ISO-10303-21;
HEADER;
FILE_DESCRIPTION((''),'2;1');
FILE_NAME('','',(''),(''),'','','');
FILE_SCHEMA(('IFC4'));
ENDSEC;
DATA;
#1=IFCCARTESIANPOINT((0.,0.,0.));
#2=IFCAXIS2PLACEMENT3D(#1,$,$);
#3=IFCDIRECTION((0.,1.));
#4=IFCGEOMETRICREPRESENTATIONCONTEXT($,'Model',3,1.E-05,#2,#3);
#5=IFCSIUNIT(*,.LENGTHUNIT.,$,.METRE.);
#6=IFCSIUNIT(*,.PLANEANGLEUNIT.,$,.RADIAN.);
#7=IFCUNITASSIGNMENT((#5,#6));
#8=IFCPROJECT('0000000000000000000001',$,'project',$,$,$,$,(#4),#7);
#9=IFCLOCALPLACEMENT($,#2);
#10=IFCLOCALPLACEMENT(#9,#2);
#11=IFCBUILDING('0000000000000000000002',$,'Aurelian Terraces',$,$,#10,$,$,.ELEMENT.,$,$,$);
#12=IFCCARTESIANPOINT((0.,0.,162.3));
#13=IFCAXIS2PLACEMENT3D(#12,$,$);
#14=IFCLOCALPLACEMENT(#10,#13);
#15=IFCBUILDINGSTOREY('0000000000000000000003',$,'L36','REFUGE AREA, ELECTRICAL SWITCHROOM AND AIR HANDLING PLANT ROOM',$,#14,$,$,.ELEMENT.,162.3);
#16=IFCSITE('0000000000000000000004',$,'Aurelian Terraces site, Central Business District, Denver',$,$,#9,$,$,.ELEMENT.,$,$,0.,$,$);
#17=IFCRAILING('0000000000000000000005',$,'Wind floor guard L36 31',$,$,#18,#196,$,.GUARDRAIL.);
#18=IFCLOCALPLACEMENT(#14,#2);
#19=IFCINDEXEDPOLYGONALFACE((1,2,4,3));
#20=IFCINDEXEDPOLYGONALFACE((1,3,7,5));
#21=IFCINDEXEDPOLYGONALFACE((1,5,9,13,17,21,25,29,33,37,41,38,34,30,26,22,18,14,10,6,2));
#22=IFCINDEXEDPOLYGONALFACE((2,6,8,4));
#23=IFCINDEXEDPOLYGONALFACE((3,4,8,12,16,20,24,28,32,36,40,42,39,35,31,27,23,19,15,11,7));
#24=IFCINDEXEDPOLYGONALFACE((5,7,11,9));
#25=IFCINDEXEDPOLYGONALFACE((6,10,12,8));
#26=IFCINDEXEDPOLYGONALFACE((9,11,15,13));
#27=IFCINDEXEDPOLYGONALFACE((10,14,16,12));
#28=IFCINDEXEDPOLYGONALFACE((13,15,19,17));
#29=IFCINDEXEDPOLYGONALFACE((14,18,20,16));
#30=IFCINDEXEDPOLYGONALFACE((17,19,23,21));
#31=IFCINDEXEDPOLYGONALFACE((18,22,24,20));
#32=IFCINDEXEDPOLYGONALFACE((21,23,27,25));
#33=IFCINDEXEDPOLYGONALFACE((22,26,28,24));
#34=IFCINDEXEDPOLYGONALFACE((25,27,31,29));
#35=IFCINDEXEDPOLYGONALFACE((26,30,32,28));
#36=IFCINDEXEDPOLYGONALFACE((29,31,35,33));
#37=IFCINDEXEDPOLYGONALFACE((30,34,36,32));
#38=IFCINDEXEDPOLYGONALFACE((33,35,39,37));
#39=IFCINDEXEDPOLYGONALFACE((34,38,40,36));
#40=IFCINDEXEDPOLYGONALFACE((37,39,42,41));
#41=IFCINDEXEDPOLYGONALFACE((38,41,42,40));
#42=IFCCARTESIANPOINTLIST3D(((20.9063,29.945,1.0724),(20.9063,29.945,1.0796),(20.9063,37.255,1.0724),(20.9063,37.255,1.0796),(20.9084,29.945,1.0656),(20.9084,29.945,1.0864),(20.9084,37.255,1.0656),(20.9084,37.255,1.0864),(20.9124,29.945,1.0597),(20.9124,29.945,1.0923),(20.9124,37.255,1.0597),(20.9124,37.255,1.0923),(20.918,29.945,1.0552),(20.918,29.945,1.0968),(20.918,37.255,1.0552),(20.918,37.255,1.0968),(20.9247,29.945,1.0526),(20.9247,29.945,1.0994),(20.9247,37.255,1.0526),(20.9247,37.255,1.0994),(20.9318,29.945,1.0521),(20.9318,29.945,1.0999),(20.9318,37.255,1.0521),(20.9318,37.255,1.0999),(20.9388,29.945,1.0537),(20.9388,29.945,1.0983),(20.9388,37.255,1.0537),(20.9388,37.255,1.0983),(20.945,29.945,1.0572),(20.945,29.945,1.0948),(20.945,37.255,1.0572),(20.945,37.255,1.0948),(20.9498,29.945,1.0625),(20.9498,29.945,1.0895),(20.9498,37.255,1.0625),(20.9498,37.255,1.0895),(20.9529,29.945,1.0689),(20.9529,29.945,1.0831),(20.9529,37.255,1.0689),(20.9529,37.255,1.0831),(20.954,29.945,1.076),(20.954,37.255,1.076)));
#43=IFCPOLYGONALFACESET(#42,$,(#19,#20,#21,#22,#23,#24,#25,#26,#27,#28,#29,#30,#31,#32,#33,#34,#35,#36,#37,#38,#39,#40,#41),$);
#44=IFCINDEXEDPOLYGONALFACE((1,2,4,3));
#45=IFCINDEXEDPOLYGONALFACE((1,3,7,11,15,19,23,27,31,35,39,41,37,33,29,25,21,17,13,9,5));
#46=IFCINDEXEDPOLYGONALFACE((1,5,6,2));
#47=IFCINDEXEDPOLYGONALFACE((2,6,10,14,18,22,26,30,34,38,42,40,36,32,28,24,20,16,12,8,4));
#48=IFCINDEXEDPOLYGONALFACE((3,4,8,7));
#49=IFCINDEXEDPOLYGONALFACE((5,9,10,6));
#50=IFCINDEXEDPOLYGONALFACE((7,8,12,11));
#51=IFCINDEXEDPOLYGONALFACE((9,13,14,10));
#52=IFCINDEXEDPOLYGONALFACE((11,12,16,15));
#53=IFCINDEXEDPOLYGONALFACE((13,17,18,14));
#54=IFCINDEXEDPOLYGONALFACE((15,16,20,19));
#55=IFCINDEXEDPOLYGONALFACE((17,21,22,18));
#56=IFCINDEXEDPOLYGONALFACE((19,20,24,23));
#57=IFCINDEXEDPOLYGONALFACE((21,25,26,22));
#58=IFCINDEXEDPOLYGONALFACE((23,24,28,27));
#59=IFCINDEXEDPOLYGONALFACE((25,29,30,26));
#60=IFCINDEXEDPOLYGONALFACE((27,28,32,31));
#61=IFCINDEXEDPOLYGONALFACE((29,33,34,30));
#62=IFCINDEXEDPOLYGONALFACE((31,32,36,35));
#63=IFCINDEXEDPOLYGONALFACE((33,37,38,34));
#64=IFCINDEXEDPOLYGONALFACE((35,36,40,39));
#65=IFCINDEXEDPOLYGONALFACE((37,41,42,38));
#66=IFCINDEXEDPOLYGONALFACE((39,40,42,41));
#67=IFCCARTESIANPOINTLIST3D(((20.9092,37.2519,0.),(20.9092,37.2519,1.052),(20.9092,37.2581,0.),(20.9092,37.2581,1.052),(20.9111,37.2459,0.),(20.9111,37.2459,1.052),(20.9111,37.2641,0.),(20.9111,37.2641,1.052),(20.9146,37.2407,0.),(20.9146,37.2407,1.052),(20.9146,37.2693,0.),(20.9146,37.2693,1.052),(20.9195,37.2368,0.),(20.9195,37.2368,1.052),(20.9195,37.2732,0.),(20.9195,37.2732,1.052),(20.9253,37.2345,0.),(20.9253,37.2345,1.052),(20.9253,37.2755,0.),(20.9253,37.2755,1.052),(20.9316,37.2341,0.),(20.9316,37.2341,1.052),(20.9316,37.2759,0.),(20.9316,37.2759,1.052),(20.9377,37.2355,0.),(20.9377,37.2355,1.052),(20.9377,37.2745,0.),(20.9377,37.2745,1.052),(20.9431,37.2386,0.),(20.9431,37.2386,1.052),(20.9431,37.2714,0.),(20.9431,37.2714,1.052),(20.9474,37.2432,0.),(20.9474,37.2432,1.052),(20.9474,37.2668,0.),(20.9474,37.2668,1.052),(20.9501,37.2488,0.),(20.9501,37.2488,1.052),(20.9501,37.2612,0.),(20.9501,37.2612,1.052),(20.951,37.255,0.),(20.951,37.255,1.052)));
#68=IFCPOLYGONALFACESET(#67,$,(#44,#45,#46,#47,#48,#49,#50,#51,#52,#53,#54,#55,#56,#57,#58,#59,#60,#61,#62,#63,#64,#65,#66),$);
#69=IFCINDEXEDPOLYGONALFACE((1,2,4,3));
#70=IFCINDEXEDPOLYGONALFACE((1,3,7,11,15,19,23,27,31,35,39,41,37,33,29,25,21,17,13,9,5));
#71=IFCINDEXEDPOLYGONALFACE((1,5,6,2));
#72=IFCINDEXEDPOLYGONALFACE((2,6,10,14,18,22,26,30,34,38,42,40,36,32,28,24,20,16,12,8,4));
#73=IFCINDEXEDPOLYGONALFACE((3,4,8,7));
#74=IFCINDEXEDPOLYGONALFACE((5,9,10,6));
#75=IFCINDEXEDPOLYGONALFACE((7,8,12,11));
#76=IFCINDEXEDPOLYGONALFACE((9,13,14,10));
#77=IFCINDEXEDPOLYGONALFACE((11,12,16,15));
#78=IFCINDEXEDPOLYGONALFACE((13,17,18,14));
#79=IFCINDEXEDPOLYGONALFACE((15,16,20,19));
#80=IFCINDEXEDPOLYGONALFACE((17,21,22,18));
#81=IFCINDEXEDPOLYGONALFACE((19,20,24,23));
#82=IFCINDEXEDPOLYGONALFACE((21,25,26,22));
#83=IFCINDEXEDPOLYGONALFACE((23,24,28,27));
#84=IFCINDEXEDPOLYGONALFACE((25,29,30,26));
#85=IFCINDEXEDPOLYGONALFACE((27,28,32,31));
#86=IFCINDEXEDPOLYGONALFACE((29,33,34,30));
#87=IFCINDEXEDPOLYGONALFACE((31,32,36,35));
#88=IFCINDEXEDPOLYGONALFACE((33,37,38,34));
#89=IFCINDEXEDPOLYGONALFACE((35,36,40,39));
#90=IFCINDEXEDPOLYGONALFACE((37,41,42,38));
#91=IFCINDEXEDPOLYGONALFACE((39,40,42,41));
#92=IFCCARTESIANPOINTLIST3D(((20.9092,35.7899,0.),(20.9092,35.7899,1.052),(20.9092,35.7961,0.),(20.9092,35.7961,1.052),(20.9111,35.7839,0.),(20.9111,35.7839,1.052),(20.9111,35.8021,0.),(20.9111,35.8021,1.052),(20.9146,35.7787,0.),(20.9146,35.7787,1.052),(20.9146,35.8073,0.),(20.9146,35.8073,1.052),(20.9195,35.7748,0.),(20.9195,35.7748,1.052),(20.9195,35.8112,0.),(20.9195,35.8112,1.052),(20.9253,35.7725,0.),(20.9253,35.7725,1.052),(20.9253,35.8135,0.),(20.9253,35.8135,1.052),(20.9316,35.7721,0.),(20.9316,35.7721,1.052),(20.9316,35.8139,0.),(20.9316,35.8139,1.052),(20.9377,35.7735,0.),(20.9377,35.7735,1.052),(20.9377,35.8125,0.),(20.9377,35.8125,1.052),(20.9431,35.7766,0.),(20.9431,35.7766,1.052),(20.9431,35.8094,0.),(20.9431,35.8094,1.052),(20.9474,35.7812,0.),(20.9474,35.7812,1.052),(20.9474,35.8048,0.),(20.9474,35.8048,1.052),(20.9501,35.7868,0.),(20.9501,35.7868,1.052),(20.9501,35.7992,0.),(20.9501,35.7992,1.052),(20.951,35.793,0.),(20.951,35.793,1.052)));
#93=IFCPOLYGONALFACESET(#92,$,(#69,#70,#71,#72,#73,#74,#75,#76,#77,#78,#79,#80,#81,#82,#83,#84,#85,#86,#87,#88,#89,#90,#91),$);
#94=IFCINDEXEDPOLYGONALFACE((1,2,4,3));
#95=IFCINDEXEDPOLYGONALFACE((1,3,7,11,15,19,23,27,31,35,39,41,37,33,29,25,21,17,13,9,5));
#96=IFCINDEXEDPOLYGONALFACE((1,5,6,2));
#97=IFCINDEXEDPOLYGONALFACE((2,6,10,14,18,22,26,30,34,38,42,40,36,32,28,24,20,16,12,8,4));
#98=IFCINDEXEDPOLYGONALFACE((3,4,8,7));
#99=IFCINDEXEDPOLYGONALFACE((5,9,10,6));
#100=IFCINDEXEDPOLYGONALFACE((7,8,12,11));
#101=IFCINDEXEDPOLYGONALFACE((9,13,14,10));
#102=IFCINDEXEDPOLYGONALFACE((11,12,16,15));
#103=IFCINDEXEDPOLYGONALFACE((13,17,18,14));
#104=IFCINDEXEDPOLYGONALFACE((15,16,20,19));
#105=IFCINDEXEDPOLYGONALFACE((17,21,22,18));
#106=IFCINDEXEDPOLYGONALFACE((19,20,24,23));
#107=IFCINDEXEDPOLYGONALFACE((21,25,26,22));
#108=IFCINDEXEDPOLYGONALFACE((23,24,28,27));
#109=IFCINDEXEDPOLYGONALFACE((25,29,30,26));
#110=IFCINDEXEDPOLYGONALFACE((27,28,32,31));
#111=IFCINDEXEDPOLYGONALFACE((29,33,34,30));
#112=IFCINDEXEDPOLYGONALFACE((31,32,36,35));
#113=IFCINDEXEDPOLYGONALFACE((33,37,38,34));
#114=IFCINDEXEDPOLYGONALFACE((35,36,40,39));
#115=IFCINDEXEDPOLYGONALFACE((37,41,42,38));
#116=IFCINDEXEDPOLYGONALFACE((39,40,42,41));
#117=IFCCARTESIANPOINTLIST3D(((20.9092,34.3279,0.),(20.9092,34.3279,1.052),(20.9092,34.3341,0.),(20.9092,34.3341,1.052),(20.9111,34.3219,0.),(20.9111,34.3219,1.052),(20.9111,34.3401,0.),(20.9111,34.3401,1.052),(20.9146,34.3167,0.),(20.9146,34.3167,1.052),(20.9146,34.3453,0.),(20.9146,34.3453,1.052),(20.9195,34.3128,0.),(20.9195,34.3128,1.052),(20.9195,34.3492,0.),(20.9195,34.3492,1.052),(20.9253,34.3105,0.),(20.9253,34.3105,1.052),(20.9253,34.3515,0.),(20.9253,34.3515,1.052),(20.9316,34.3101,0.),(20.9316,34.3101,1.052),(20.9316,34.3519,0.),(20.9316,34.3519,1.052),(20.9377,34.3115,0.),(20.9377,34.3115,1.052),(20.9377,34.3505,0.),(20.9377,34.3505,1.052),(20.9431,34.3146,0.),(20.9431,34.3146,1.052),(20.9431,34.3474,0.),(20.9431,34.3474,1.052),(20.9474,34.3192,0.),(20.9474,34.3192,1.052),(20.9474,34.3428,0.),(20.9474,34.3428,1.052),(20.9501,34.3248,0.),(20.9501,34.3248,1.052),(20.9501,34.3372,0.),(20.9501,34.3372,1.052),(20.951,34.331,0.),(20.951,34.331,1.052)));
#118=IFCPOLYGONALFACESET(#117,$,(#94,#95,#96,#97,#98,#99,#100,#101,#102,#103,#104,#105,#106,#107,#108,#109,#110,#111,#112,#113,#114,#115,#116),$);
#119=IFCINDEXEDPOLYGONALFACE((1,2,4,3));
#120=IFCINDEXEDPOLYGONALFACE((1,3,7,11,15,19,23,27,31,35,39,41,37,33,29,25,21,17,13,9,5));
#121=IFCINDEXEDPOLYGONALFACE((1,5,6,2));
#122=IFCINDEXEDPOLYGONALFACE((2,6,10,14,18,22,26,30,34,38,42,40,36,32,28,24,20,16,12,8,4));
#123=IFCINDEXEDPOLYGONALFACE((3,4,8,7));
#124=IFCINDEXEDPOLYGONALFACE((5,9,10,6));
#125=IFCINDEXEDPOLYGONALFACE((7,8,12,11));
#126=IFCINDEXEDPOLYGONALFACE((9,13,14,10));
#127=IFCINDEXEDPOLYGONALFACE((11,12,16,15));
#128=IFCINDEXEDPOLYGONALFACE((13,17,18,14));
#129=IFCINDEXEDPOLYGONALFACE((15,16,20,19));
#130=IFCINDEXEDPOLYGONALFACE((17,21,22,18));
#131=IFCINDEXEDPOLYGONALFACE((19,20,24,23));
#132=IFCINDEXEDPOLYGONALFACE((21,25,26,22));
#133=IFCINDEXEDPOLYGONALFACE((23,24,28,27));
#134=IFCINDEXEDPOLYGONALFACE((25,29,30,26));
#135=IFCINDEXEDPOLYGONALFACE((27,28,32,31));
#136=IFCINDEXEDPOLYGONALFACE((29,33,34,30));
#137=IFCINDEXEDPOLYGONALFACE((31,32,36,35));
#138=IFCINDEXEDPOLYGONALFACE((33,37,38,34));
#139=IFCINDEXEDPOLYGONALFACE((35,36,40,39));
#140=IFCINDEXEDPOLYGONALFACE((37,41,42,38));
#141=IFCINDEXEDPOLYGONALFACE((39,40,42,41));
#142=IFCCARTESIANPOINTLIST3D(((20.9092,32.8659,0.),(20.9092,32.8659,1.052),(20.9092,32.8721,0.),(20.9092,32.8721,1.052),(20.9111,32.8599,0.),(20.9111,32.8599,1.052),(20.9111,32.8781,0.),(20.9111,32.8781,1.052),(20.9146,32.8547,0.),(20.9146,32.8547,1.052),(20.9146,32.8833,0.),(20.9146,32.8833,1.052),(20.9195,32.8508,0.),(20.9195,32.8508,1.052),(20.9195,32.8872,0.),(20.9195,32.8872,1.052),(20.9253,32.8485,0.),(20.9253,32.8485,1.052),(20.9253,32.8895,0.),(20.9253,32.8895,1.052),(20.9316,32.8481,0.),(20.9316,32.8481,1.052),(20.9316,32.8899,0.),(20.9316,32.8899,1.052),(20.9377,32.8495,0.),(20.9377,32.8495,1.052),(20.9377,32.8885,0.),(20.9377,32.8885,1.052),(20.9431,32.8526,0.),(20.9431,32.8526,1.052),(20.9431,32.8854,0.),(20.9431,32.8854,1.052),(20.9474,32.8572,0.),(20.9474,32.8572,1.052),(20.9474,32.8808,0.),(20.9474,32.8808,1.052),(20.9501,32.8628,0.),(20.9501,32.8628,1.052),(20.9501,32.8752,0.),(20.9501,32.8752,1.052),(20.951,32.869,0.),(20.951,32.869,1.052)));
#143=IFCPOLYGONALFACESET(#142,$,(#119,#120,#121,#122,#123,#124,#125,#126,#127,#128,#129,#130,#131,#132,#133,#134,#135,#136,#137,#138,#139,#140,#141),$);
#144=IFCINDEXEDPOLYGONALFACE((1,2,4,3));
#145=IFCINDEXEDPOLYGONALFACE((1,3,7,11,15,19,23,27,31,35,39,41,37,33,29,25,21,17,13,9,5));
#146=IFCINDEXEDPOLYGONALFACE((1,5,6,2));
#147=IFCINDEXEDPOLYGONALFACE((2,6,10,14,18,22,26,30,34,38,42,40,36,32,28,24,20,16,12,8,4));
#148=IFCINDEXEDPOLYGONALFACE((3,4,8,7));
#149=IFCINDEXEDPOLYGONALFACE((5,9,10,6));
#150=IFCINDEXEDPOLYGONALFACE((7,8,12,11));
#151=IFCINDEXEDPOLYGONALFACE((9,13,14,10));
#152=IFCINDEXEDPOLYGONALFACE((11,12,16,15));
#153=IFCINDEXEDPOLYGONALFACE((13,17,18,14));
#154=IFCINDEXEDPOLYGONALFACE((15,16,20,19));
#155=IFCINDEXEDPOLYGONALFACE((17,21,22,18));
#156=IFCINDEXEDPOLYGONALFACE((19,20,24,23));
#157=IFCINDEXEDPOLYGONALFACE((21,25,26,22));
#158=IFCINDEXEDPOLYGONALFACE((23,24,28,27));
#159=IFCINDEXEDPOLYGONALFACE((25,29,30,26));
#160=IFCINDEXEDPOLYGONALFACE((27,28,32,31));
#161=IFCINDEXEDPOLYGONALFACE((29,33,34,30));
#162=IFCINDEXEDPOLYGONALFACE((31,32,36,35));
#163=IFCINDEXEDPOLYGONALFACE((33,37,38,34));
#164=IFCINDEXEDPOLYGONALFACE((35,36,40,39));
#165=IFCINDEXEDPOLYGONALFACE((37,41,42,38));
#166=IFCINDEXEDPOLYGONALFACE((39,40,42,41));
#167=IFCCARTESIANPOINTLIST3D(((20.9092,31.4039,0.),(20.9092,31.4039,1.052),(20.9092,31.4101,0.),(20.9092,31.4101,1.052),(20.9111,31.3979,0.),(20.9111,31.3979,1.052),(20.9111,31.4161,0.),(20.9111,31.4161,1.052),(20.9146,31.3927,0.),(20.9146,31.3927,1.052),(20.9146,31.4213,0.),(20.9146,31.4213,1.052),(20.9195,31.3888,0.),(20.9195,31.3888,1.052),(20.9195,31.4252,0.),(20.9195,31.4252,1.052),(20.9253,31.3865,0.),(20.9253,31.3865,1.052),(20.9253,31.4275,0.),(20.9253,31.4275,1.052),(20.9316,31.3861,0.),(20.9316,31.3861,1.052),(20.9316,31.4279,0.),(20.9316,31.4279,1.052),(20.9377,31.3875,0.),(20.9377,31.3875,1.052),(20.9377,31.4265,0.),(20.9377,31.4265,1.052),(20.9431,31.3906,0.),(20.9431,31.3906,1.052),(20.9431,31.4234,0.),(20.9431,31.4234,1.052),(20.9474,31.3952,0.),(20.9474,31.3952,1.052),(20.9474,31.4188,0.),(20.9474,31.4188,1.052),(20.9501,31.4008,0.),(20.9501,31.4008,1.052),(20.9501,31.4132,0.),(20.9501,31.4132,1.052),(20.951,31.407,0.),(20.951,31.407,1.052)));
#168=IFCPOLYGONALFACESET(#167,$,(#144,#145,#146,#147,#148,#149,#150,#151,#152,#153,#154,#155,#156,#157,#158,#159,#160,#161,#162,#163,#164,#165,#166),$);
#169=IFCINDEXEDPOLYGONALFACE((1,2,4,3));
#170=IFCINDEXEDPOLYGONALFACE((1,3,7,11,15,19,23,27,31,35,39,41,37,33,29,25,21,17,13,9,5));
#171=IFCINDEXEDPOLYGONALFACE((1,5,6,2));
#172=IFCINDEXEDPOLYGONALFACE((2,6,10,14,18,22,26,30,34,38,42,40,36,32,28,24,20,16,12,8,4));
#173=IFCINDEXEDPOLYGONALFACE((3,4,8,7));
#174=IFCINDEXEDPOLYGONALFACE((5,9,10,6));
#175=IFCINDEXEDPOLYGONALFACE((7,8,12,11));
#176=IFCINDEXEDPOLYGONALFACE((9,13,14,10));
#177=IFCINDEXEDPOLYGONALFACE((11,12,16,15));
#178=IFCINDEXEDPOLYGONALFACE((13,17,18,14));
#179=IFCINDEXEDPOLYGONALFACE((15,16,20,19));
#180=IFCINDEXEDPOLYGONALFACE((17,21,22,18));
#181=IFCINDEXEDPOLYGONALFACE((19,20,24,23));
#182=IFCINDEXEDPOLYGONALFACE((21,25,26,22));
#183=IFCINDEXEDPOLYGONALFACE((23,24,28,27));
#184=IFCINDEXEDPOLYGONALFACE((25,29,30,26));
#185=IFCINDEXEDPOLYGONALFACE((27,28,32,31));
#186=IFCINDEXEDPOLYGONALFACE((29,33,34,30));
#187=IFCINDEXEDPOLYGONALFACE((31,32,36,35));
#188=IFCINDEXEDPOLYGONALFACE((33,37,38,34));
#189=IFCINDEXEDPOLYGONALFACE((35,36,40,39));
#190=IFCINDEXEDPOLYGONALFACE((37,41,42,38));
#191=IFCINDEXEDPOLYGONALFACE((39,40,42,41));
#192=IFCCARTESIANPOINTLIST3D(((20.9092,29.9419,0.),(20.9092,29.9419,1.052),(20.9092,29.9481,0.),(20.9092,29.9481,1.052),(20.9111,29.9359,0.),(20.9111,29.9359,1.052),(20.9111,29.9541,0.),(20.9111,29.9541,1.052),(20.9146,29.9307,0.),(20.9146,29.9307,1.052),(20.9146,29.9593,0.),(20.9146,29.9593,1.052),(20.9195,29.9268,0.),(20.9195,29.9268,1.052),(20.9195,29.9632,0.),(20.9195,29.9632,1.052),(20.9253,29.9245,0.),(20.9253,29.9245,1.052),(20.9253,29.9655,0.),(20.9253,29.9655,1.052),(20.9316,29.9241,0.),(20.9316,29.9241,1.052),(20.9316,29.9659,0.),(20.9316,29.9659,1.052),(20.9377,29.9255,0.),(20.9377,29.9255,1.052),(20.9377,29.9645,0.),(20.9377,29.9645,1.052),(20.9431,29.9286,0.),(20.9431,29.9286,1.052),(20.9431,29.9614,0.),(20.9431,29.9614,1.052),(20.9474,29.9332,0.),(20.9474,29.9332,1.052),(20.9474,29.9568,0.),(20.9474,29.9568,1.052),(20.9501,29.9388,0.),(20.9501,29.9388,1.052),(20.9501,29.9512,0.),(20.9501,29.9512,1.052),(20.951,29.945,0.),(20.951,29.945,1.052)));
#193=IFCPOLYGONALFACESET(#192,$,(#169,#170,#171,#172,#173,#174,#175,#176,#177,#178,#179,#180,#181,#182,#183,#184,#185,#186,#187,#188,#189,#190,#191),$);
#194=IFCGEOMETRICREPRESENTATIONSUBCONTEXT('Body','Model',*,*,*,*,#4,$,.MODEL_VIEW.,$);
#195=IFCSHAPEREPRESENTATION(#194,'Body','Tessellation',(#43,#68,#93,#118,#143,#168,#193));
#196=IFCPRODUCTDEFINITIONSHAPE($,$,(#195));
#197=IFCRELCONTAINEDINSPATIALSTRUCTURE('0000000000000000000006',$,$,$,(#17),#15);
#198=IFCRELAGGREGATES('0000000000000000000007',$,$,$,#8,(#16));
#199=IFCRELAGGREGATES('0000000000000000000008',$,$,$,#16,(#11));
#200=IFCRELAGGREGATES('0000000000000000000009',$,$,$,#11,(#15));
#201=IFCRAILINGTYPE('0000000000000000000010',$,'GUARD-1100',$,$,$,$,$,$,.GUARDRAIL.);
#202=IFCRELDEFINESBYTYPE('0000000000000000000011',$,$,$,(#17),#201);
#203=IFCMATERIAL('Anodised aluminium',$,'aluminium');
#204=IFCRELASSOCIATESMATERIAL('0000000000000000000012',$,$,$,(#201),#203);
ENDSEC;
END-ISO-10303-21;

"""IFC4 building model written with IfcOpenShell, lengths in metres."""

from ifc_helpers import new_model, si_unit, direction, frame, origin, origin_2d, place, context, subcontext, project, spatial, circle, extrude, source, transform, mapped, material, type_object, element, save


model = new_model("IFC4")

# Units and contexts
model_context = context("Model", 3, precision=1e-05, world=origin(), true_north=direction((0.0, 1.0)))
body_context = subcontext(model_context, "Body", "Model", "MODEL_VIEW")
ifc_project = project(units=[si_unit("LENGTHUNIT", "METRE"), si_unit("PLANEANGLEUNIT", "RADIAN")], contexts=[model_context])

# Site, building, storey
site_placement = place(None, origin())
site = spatial("IfcSite", under=ifc_project, at=site_placement, Name="Aurelian Terraces site, Central Business District, Denver", CompositionType="ELEMENT", RefElevation=0.0)
building_placement = place(site_placement, origin())
building = spatial("IfcBuilding", under=site, at=building_placement, Name="Aurelian Terraces", CompositionType="ELEMENT")
storey_placement = place(building_placement, frame((0.0, 0.0, 162.3)))
storey = spatial("IfcBuildingStorey", under=building, at=storey_placement, Name="L36", Description="REFUGE AREA, ELECTRICAL SWITCHROOM AND AIR HANDLING PLANT ROOM", CompositionType="ELEMENT", Elevation=162.3)

# Railing
ifc_material_1 = material(Name="Anodised aluminium", Category="aluminium")
railing_type = type_object("IfcRailingType", Name="GUARD-1100", PredefinedType="GUARDRAIL", material=ifc_material_1)
shared_shape_1 = source(origin(), body_context, "Body", "SweptSolid", [
    extrude(circle(Radius=0.024, at=origin_2d()), frame((0.0, 0.0, 1.076), z_axis=(0.0, -1.0, 0.0), x_axis=(1.0, 0.0, 0.0)), (0.0, 0.0, 1.0), 7.31),
    extrude(circle(Radius=0.021, at=origin_2d()), origin(), (0.0, 0.0, 1.0), 1.052),
    extrude(circle(Radius=0.021, at=origin_2d()), frame((0.0, -1.462, 0.0)), (0.0, 0.0, 1.0), 1.052),
    extrude(circle(Radius=0.021, at=origin_2d()), frame((0.0, -2.924, 0.0)), (0.0, 0.0, 1.0), 1.052),
    extrude(circle(Radius=0.021, at=origin_2d()), frame((0.0, -4.386, 0.0)), (0.0, 0.0, 1.0), 1.052),
    extrude(circle(Radius=0.021, at=origin_2d()), frame((0.0, -5.848, 0.0)), (0.0, 0.0, 1.0), 1.052),
    extrude(circle(Radius=0.021, at=origin_2d()), frame((0.0, -7.31, 0.0)), (0.0, 0.0, 1.0), 1.052),
])
railing_1_placement = place(storey_placement, frame((20.93, 37.255, 0.0)))
element("IfcRailing", 1, at=railing_1_placement, inside=storey, type_object=railing_type, Name="Wind floor guard L36 31", PredefinedType="GUARDRAIL", context=body_context, shape_type="MappedRepresentation", body=[
    mapped(shared_shape_1, transform((0.0, 0.0, 0.0), scale=1.0)),
])

save(model, "model.ifc")
